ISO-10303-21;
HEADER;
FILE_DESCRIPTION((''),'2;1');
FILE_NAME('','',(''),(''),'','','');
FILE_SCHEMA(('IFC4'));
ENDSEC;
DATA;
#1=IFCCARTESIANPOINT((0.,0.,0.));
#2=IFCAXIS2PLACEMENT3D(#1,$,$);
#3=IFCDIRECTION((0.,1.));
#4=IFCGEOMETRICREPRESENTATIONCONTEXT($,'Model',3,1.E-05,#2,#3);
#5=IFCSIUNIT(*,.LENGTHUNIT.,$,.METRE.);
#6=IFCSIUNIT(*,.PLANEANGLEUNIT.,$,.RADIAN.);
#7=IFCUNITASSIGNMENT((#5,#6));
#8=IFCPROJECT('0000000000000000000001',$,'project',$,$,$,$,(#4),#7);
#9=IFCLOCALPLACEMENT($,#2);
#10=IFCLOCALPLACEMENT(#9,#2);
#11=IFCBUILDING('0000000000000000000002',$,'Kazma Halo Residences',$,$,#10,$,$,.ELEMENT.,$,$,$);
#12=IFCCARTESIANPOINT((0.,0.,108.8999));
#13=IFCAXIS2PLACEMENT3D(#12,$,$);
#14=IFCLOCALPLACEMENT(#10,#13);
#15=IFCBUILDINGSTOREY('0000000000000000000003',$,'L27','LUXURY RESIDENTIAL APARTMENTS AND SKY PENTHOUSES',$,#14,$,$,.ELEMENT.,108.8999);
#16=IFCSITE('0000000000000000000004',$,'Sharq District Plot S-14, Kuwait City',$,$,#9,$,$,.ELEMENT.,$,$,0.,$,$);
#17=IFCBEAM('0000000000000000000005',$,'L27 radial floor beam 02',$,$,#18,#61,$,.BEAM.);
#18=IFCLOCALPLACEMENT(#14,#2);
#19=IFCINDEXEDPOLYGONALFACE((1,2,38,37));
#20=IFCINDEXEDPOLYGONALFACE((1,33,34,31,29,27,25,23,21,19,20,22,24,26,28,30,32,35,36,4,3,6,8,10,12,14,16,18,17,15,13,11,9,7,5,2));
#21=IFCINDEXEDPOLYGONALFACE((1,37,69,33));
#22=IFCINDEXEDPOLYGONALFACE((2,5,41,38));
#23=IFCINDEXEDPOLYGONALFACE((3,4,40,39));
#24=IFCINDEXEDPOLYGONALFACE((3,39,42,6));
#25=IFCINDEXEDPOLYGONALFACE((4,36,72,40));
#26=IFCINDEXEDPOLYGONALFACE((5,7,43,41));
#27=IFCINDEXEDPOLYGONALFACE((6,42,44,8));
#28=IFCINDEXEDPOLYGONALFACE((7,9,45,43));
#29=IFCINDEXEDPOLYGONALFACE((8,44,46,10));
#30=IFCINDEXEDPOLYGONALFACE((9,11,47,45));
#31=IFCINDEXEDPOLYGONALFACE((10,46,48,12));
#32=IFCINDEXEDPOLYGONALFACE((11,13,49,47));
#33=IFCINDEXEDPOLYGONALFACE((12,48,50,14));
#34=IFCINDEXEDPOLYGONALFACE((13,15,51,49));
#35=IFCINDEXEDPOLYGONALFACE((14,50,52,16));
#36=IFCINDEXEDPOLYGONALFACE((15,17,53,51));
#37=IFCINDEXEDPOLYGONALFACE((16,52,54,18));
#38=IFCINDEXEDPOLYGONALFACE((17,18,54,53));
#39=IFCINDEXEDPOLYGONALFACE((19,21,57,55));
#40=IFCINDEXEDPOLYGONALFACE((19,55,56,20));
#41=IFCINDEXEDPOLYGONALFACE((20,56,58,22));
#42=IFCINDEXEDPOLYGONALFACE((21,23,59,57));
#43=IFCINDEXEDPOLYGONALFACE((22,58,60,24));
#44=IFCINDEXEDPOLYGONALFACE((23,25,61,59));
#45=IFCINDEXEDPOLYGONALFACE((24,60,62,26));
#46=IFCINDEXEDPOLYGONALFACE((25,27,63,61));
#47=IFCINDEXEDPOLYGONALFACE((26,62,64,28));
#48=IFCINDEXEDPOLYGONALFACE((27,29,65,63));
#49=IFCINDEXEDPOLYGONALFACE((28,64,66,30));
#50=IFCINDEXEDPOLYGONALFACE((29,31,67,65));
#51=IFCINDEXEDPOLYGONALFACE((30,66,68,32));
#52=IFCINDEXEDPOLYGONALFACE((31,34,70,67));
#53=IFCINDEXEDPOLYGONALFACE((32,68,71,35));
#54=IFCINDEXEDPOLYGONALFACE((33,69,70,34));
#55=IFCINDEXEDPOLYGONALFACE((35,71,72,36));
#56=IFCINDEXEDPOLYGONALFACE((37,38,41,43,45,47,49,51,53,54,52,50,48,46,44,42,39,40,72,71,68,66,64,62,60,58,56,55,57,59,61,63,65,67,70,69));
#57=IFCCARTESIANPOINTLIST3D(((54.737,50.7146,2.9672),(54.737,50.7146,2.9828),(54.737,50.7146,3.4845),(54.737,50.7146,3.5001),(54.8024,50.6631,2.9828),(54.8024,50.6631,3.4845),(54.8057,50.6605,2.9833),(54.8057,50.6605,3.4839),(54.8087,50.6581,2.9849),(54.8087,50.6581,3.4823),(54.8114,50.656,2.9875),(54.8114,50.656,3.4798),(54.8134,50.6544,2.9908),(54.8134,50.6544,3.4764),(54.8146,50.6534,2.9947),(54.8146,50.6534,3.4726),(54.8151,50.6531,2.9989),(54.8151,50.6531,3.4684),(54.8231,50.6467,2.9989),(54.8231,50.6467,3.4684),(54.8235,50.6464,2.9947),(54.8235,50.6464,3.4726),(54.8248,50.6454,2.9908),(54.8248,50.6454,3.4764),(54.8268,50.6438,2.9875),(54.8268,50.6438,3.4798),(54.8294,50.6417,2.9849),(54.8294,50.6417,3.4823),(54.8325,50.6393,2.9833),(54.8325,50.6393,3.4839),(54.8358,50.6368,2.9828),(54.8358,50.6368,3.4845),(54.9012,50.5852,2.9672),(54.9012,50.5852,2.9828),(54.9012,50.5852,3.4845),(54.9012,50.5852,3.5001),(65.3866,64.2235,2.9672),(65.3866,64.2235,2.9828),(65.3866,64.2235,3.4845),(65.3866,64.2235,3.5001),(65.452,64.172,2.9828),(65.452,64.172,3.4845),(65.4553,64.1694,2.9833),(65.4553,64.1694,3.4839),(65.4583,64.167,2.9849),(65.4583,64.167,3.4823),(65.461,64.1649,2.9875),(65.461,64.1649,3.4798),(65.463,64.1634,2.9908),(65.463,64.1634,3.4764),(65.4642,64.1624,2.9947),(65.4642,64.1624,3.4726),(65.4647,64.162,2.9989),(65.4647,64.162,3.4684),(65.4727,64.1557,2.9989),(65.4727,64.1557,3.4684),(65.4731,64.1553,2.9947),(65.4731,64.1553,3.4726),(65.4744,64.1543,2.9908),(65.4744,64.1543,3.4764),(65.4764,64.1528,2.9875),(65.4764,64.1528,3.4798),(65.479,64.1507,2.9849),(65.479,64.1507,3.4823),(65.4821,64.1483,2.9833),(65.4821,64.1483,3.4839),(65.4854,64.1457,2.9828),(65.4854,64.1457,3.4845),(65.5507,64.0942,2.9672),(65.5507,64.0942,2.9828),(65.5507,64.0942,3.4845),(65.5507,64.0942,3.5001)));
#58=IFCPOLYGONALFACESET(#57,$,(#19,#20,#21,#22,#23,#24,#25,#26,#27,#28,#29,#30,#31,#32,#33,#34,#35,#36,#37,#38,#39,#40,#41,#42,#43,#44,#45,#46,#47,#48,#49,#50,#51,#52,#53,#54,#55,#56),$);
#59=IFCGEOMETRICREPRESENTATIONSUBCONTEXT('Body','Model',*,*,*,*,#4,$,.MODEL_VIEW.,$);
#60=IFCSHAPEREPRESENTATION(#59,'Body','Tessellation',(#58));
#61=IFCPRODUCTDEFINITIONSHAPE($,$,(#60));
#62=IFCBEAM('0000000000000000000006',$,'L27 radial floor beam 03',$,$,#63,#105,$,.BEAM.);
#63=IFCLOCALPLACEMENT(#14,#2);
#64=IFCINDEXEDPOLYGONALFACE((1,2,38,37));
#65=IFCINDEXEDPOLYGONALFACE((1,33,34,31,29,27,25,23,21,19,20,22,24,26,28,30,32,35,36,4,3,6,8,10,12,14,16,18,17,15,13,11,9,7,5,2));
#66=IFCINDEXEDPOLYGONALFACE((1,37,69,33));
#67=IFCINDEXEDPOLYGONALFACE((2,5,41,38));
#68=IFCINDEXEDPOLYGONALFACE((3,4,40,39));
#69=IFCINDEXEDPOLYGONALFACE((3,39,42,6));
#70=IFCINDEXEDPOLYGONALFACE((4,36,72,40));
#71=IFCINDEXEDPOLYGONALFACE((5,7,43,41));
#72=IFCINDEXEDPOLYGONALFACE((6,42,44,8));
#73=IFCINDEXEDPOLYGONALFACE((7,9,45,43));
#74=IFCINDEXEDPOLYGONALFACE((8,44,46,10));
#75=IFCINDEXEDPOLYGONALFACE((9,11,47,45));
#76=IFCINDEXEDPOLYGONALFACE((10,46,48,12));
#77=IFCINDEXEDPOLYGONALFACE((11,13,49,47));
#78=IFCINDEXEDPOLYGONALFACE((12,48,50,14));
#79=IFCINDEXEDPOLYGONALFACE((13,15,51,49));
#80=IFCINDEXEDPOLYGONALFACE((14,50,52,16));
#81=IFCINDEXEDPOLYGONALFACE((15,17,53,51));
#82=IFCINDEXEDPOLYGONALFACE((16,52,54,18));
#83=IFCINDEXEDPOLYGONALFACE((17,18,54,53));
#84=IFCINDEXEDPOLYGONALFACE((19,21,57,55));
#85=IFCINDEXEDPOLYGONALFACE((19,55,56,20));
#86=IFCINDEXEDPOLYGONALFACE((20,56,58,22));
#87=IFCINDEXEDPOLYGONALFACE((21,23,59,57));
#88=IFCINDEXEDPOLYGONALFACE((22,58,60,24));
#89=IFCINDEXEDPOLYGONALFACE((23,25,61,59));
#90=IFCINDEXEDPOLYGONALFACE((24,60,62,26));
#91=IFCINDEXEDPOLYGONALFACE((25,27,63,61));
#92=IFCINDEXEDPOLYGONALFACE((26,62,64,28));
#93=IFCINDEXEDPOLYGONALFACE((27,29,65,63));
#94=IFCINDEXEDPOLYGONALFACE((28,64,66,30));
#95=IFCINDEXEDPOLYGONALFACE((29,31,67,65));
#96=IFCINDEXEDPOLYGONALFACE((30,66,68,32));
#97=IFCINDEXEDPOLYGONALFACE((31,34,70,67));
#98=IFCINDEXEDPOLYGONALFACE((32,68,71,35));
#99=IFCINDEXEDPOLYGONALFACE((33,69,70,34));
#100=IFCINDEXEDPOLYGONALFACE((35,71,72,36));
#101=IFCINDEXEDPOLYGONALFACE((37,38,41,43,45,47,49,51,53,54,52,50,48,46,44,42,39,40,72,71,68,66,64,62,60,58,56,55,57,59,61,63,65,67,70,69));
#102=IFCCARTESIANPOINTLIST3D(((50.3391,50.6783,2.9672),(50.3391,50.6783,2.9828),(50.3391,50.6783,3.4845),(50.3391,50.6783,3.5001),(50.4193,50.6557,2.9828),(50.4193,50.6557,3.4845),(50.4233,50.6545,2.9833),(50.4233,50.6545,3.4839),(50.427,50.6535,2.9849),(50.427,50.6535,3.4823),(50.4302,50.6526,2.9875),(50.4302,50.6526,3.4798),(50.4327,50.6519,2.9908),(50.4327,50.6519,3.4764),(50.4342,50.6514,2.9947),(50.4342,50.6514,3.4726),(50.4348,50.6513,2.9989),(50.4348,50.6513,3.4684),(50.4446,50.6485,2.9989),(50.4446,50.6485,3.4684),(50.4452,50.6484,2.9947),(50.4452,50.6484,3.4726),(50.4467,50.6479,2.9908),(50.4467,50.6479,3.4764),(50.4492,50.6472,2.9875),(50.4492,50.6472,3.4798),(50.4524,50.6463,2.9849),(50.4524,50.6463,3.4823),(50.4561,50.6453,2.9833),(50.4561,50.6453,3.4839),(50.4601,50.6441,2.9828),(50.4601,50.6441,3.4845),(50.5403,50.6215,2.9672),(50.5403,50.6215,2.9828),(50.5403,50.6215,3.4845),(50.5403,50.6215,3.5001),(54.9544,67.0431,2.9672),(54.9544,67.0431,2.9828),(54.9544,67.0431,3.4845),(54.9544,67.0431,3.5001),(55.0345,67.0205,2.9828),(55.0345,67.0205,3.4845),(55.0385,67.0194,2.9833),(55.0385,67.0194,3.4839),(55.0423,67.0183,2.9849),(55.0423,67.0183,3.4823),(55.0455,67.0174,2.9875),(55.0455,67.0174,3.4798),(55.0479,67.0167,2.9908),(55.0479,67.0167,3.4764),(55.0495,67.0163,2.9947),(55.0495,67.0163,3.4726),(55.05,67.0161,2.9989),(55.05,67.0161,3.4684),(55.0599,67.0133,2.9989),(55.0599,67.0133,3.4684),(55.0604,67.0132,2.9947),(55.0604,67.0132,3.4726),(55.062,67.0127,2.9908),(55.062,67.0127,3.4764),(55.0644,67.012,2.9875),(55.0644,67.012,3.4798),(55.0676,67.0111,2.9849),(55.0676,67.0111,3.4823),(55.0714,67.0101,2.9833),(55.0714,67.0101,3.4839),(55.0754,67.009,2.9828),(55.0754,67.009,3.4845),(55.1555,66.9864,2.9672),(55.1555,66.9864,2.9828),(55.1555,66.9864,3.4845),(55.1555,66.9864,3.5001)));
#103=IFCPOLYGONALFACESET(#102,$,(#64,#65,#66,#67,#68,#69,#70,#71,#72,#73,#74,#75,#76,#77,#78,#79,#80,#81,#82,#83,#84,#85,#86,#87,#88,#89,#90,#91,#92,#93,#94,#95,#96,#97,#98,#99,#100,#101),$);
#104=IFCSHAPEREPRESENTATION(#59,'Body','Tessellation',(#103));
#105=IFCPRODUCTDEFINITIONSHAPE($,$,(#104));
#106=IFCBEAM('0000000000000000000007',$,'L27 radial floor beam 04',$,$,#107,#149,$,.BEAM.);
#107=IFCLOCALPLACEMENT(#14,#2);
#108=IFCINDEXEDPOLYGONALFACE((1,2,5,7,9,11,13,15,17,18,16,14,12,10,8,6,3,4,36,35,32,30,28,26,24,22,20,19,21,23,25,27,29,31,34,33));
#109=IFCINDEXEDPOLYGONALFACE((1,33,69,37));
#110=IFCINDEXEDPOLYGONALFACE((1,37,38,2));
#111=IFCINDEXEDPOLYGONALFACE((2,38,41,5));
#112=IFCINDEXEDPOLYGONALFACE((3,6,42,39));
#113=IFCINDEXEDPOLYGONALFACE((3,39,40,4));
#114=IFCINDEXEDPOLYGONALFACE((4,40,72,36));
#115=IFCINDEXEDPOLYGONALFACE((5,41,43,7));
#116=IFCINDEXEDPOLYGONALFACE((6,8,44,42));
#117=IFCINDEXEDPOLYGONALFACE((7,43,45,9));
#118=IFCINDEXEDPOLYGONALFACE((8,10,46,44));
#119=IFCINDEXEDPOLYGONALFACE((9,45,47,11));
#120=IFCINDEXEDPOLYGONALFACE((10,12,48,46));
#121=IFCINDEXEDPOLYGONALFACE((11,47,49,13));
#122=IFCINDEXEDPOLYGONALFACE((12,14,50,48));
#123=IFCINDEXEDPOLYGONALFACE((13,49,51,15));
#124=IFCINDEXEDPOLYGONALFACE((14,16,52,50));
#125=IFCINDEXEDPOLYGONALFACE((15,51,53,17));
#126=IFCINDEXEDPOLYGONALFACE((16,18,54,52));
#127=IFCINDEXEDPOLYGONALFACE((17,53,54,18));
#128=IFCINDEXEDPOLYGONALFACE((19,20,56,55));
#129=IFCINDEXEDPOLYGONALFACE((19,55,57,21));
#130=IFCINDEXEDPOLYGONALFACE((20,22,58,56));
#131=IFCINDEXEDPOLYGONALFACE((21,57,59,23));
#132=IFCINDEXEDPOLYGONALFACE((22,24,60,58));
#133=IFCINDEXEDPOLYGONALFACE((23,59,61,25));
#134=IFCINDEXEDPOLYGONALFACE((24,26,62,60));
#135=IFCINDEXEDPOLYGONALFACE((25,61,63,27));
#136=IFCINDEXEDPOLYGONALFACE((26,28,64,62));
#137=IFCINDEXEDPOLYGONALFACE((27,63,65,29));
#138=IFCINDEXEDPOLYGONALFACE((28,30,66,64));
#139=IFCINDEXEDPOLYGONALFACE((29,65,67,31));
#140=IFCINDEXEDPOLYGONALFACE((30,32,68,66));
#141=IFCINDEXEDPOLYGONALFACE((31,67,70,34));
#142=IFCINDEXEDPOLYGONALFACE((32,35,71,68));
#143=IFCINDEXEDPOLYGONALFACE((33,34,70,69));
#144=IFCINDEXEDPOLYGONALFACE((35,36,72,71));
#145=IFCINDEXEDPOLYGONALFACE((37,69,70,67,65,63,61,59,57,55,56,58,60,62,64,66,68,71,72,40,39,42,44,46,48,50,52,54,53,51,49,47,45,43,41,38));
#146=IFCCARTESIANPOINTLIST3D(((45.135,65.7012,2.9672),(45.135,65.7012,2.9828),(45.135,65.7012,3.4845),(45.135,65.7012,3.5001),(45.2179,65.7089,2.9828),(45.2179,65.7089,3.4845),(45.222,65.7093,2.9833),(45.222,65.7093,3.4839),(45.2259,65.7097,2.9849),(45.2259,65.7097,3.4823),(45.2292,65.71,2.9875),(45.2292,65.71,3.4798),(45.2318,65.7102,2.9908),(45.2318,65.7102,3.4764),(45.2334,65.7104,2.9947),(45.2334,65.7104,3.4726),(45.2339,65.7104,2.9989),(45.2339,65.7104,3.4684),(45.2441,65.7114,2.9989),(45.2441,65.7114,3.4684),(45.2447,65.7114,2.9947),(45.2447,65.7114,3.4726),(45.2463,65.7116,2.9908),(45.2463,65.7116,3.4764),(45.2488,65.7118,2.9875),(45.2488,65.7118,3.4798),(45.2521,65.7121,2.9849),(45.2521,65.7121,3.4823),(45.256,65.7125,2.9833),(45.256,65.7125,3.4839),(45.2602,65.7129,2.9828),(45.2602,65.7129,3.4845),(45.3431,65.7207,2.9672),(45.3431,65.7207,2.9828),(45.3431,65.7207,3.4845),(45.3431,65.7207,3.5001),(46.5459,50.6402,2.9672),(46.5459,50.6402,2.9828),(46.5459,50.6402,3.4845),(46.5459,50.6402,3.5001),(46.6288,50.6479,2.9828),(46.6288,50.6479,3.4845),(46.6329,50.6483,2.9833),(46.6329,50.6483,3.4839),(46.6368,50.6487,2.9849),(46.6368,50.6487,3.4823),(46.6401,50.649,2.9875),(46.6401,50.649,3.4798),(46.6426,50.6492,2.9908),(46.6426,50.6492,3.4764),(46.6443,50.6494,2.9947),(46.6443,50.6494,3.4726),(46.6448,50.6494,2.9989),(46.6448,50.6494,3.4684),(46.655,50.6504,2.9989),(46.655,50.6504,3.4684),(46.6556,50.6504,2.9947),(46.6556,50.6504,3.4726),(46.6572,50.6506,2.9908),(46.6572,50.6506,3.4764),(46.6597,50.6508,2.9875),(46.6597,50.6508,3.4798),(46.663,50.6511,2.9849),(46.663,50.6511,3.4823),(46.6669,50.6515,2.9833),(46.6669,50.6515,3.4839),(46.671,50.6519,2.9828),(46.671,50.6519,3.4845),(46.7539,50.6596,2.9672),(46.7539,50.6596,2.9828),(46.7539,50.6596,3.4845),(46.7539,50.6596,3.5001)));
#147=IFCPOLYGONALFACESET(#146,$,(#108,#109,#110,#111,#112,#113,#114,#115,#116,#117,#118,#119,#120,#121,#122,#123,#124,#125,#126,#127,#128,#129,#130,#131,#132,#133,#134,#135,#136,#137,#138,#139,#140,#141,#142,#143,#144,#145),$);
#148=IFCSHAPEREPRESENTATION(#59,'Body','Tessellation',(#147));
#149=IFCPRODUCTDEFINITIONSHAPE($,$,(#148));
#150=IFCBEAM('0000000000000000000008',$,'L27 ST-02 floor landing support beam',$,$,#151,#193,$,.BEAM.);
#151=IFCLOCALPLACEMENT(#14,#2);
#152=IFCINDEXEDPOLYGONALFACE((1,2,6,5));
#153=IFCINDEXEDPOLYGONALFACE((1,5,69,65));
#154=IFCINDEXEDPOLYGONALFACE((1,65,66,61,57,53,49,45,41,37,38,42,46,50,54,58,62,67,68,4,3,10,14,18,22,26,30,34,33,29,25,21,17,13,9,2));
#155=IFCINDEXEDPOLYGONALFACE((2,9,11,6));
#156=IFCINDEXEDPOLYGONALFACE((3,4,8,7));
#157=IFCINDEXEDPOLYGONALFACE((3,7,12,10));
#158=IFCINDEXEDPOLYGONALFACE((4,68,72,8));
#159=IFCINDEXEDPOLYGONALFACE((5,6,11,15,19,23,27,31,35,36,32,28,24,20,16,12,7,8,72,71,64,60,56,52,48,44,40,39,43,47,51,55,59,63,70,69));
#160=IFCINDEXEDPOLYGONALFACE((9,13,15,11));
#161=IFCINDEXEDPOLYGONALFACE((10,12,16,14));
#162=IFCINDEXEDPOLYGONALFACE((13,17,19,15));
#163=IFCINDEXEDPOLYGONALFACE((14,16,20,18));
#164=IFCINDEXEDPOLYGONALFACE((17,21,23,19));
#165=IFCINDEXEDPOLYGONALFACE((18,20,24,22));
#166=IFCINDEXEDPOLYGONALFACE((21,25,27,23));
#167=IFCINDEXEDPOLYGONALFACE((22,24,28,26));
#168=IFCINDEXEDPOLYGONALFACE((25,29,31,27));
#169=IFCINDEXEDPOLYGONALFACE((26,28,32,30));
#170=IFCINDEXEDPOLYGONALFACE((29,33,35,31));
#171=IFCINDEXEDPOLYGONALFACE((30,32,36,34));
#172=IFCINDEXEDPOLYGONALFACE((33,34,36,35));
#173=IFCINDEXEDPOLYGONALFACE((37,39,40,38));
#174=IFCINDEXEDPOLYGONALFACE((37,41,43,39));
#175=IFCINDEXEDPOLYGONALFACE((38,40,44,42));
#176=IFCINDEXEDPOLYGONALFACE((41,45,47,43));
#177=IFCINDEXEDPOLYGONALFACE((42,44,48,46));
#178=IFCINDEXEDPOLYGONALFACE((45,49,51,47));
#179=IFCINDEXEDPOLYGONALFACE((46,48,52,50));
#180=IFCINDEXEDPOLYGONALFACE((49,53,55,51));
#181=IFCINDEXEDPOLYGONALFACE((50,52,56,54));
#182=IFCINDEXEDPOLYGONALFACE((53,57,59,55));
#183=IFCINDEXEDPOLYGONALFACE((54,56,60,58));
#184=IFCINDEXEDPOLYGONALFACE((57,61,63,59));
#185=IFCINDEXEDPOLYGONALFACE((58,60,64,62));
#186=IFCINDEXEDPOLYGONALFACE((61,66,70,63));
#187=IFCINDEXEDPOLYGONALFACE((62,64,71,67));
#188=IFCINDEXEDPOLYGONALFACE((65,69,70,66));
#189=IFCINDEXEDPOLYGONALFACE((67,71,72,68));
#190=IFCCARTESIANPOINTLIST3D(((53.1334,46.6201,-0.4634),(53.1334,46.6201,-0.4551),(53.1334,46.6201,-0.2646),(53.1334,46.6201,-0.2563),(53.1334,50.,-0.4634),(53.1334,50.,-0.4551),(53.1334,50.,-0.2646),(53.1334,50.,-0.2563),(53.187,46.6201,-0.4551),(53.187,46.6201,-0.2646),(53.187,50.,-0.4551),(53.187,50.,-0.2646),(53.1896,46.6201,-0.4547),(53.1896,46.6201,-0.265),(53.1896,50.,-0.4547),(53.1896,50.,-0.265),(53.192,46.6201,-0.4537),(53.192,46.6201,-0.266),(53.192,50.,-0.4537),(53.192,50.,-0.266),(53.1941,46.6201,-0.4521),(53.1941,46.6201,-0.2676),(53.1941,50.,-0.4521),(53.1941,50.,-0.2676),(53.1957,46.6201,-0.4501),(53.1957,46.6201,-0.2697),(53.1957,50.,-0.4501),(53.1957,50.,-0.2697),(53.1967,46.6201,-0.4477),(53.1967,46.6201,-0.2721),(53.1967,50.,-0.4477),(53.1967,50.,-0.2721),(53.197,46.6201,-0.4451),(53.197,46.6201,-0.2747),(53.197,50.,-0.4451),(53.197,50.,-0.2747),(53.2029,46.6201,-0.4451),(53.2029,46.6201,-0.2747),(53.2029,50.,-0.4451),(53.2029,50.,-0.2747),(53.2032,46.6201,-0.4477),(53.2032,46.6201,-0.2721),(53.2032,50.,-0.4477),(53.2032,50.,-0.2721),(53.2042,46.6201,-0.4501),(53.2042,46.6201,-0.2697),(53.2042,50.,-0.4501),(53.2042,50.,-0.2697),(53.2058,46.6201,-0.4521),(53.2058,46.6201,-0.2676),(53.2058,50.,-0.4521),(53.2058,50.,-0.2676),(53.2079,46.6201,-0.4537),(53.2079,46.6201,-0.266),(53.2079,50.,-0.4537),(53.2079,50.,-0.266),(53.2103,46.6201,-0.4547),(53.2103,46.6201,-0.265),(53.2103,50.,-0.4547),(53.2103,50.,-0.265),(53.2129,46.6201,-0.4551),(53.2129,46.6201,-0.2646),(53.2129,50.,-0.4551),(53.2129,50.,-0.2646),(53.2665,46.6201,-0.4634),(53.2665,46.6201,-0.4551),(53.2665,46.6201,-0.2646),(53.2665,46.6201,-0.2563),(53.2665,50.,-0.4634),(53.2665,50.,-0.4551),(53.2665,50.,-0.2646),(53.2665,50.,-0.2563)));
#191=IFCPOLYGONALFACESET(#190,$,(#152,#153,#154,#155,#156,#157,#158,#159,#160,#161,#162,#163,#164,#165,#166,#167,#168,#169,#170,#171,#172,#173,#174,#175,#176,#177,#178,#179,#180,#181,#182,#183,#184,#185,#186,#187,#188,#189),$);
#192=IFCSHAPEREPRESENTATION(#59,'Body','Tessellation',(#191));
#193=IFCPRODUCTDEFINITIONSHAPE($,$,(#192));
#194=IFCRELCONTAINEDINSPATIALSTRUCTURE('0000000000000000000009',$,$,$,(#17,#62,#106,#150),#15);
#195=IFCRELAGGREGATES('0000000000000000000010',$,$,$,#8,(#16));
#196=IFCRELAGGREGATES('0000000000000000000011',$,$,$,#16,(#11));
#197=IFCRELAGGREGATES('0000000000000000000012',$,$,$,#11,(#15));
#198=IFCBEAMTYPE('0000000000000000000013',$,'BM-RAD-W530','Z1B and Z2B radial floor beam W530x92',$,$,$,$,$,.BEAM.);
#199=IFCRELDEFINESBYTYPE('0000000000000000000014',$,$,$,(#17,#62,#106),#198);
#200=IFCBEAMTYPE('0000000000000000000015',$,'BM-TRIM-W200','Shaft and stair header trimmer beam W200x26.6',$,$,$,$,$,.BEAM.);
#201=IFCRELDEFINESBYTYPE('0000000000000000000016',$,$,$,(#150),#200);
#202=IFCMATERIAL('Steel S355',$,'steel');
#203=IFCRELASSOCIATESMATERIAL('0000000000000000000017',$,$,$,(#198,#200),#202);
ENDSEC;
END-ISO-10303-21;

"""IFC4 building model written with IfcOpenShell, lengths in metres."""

from ifc_helpers import new_model, si_unit, direction, frame, origin, origin_2d, place, context, subcontext, project, spatial, i_section, extrude, material, material_profile, profile_set, type_object, element, save


model = new_model("IFC4")

# Units and contexts
model_context = context("Model", 3, precision=1e-05, world=origin(), true_north=direction((0.0, 1.0)))
body_context = subcontext(model_context, "Body", "Model", "MODEL_VIEW")
ifc_project = project(units=[si_unit("LENGTHUNIT", "METRE"), si_unit("PLANEANGLEUNIT", "RADIAN")], contexts=[model_context])

# Site, building, storey
site_placement = place(None, origin())
site = spatial("IfcSite", under=ifc_project, at=site_placement, Name="Sharq District Plot S-14, Kuwait City", CompositionType="ELEMENT", RefElevation=0.0)
building_placement = place(site_placement, origin())
building = spatial("IfcBuilding", under=site, at=building_placement, Name="Kazma Halo Residences", CompositionType="ELEMENT")
storey_placement = place(building_placement, frame((0.0, 0.0, 108.8999)))
storey = spatial("IfcBuildingStorey", under=building, at=storey_placement, Name="L27", Description="LUXURY RESIDENTIAL APARTMENTS AND SKY PENTHOUSES", CompositionType="ELEMENT", Elevation=108.8999)

# Shared definitions
ifc_material_1 = material(Name="Steel S355", Category="steel")

# Beams
ifc_material_profile_1 = material_profile(ifc_material_1, i_section(OverallWidth=0.209, OverallDepth=0.533, WebThickness=0.0103, FlangeThickness=0.0156, FilletRadius=0.0161, at=origin_2d()), Name="W530x92")
ifc_profile_set_1 = profile_set([ifc_material_profile_1], Name="Steel S355")
beam_type_1 = type_object("IfcBeamType", Name="BM-RAD-W530", Description="Z1B and Z2B radial floor beam W530x92", PredefinedType="BEAM", material=ifc_profile_set_1)
beam_1_placement = place(storey_placement, frame((54.8191, 50.6499, 3.2336), z_axis=(0.619094, 0.785317, 0.0), x_axis=(-0.785317, 0.619094, 0.0)))
element("IfcBeam", 1, at=beam_1_placement, inside=storey, type_object=beam_type_1, Name="L27 radial floor beam 02", PredefinedType="BEAM", context=body_context, shape_type="SweptSolid", body=[
    extrude(i_section(OverallWidth=0.209, OverallDepth=0.533, WebThickness=0.0103, FlangeThickness=0.0156, FilletRadius=0.0161, at=origin_2d()), origin(), (0.0, 0.0, 1.0), 17.2019),
])
beam_2_placement = place(storey_placement, frame((50.4397, 50.6499, 3.2336), z_axis=(0.271435, 0.962457, 0.0), x_axis=(-0.962457, 0.271435, 0.0)))
element("IfcBeam", 2, at=beam_2_placement, inside=storey, type_object=beam_type_1, Name="L27 radial floor beam 03", PredefinedType="BEAM", context=body_context, shape_type="SweptSolid", body=[
    extrude(i_section(OverallWidth=0.209, OverallDepth=0.533, WebThickness=0.0103, FlangeThickness=0.0156, FilletRadius=0.0161, at=origin_2d()), origin(), (0.0, 0.0, 1.0), 17.0032),
])
beam_3_placement = place(storey_placement, frame((46.6499, 50.6499, 3.2336), z_axis=(-0.09327, 0.995641, 0.0), x_axis=(-0.995641, -0.09327, 0.0)))
element("IfcBeam", 3, at=beam_3_placement, inside=storey, type_object=beam_type_1, Name="L27 radial floor beam 04", PredefinedType="BEAM", context=body_context, shape_type="SweptSolid", body=[
    extrude(i_section(OverallWidth=0.209, OverallDepth=0.533, WebThickness=0.0103, FlangeThickness=0.0156, FilletRadius=0.0161, at=origin_2d()), origin(), (0.0, 0.0, 1.0), 15.127),
])
ifc_material_profile_2 = material_profile(ifc_material_1, i_section(OverallWidth=0.1331, OverallDepth=0.207, WebThickness=0.0059, FlangeThickness=0.0083, FilletRadius=0.01, at=origin_2d()), Name="W200x26.6")
ifc_profile_set_2 = profile_set([ifc_material_profile_2], Name="Steel S355")
beam_type_2 = type_object("IfcBeamType", Name="BM-TRIM-W200", Description="Shaft and stair header trimmer beam W200x26.6", PredefinedType="BEAM", material=ifc_profile_set_2)
beam_4_placement = place(storey_placement, frame((53.2, 46.6201, -0.3599), z_axis=(0.0, 1.0, 0.0), x_axis=(-1.0, 0.0, 0.0)))
element("IfcBeam", 4, at=beam_4_placement, inside=storey, type_object=beam_type_2, Name="L27 ST-02 floor landing support beam", PredefinedType="BEAM", context=body_context, shape_type="SweptSolid", body=[
    extrude(i_section(OverallWidth=0.1331, OverallDepth=0.207, WebThickness=0.0059, FlangeThickness=0.0083, FilletRadius=0.01, at=origin_2d()), origin(), (0.0, 0.0, 1.0), 3.3799),
])

save(model, "model.ifc")
